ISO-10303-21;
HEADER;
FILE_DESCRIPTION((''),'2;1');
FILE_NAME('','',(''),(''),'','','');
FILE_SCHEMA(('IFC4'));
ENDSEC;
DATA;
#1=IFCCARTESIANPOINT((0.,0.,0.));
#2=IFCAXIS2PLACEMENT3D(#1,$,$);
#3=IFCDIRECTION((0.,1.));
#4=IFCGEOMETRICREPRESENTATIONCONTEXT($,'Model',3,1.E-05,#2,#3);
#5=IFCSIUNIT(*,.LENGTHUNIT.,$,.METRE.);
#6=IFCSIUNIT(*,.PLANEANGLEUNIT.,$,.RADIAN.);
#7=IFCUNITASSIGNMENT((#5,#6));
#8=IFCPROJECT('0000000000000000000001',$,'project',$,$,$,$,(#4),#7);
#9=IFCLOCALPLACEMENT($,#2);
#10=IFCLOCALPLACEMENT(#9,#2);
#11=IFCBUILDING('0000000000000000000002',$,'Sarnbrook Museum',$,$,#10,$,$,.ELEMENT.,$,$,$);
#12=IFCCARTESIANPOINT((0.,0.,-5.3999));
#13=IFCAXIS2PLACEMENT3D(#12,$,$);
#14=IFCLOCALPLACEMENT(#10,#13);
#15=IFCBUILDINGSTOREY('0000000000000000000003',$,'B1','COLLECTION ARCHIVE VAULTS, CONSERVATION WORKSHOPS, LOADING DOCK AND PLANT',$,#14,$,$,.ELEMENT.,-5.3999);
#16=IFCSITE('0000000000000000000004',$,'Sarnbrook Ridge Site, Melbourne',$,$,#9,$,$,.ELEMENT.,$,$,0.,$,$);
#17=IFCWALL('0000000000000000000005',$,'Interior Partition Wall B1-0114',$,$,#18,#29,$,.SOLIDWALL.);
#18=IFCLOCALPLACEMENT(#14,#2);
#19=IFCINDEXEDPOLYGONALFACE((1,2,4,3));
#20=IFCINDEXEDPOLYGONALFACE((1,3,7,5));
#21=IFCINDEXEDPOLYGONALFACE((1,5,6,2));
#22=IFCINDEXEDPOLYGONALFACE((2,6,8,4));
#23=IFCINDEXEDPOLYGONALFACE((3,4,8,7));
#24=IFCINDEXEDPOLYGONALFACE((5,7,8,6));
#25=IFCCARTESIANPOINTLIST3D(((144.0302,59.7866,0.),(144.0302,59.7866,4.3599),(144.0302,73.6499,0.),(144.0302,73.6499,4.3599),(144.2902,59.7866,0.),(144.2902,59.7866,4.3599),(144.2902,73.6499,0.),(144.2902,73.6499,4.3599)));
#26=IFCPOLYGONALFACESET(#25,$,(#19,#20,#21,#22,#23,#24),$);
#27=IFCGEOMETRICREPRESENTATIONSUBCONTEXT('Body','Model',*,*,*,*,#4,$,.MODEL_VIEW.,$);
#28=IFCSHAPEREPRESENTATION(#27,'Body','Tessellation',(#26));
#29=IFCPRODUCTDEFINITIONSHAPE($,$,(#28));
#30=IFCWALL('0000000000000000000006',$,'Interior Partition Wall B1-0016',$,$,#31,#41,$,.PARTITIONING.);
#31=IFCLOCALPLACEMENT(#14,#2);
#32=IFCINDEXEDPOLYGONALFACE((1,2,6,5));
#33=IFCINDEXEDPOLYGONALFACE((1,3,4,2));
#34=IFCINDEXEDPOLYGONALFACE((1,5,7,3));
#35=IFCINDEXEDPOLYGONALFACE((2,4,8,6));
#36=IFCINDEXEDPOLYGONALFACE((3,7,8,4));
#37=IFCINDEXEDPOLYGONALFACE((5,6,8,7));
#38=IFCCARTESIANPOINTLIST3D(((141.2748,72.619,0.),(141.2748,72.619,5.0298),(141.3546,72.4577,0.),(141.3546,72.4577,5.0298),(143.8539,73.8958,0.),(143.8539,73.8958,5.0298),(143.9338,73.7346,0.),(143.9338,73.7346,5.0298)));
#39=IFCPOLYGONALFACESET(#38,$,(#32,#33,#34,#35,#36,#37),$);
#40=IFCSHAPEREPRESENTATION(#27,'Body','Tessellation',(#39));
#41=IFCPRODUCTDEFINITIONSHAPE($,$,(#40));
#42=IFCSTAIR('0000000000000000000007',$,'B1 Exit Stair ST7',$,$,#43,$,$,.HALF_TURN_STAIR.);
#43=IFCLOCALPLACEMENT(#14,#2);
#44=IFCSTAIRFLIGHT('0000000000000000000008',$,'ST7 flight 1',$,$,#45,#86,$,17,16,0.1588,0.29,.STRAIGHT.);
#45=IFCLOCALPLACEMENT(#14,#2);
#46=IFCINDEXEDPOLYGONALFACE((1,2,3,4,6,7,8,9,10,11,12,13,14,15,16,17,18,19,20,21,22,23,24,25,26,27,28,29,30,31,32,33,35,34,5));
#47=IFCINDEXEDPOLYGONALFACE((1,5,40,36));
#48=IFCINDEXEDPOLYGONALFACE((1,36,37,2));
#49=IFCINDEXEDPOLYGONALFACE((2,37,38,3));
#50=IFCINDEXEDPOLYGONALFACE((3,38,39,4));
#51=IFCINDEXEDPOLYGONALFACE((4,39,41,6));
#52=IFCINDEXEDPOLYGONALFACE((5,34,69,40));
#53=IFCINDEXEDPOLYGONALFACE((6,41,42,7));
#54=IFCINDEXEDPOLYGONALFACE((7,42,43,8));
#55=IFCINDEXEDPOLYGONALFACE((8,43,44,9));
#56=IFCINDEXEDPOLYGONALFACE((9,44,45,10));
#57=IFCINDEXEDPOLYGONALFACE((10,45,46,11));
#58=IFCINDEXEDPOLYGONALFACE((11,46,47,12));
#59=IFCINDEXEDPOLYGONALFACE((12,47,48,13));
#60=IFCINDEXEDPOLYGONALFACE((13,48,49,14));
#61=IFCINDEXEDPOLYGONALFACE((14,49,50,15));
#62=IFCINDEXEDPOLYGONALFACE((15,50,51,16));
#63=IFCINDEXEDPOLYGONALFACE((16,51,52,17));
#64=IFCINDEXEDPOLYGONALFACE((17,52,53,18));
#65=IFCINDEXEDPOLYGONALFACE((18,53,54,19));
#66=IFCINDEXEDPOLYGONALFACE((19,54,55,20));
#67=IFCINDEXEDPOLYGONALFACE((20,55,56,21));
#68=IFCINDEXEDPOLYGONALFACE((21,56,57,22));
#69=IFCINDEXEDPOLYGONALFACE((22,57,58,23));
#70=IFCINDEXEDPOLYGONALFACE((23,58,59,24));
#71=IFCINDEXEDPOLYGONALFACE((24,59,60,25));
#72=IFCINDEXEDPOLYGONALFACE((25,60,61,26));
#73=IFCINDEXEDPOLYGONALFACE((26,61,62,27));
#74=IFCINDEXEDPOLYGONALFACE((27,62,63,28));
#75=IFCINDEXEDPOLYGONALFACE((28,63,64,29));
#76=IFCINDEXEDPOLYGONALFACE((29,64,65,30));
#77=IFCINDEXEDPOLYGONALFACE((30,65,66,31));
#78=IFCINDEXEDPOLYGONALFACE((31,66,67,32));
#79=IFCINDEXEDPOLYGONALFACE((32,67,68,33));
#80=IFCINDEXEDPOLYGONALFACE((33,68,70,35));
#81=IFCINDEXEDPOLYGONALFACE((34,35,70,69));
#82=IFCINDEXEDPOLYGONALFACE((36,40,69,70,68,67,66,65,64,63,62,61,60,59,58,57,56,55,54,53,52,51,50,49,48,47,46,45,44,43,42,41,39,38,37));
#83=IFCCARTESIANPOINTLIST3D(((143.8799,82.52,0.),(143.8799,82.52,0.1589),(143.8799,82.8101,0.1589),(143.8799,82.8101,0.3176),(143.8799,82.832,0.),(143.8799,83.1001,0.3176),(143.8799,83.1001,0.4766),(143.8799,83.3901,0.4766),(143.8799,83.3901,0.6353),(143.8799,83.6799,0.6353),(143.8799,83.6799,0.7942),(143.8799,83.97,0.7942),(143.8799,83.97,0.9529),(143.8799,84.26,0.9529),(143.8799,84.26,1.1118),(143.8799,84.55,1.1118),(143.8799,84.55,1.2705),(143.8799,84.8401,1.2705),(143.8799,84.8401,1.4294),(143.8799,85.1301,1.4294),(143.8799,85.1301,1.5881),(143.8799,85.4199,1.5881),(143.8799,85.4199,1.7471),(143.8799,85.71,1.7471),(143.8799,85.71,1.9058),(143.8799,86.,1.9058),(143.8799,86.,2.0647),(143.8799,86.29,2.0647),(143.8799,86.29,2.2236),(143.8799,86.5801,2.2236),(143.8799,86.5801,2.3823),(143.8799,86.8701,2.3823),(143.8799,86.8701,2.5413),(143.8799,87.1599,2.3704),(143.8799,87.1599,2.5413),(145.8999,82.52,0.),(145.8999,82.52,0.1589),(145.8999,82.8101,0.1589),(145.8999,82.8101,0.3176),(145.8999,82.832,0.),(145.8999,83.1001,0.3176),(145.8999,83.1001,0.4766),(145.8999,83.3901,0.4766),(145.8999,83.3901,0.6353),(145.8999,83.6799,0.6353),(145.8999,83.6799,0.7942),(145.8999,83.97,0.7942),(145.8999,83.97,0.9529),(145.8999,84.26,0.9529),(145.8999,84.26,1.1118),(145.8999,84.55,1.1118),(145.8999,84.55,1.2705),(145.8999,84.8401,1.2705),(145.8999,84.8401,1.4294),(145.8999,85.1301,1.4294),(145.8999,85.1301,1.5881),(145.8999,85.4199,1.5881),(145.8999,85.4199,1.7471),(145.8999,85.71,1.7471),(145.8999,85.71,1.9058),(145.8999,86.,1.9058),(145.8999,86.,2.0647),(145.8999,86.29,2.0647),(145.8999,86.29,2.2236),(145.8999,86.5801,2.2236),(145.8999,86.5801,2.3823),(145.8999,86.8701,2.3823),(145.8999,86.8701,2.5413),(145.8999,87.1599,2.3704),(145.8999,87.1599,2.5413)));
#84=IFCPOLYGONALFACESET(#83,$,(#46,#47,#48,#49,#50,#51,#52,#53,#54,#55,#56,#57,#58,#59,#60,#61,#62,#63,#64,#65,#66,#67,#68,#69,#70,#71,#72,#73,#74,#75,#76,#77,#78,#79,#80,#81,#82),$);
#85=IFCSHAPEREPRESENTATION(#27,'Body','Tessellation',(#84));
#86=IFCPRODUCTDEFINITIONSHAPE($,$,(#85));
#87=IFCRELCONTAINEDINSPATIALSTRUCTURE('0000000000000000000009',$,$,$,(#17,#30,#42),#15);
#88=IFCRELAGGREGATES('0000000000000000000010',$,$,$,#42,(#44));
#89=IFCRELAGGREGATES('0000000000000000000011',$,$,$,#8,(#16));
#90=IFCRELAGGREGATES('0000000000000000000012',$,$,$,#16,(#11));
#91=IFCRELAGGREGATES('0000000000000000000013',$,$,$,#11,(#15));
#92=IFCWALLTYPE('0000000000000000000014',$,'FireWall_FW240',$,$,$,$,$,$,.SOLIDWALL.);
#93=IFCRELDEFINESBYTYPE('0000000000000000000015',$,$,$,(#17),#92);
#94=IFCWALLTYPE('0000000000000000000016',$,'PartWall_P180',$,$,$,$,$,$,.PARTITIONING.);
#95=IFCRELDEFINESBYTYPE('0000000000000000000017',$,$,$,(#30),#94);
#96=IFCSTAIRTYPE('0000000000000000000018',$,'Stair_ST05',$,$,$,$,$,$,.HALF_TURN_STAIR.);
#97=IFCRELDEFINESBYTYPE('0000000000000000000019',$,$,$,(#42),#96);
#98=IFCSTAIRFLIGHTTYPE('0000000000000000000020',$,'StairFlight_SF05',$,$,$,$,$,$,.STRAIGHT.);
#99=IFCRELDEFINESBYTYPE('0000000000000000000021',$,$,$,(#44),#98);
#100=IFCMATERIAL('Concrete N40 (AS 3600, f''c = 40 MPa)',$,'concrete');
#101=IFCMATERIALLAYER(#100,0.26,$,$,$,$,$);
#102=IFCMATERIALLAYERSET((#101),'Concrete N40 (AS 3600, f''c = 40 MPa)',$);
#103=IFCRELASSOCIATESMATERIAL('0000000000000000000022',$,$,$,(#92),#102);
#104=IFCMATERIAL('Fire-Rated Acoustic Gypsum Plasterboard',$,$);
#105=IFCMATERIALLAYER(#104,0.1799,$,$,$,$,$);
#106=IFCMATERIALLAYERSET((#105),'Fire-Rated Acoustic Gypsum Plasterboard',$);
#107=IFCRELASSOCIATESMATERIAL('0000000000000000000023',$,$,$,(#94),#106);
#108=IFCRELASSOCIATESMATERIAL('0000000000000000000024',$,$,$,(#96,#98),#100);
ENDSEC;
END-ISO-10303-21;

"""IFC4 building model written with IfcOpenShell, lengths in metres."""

from ifc_helpers import new_model, si_unit, direction, frame, frame_2d, origin, place, context, subcontext, project, spatial, polyline, rectangle, outline, extrude, material, layer, layer_set, type_object, element, aggregate, save


model = new_model("IFC4")

# Units and contexts
model_context = context("Model", 3, precision=1e-05, world=origin(), true_north=direction((0.0, 1.0)))
body_context = subcontext(model_context, "Body", "Model", "MODEL_VIEW")
ifc_project = project(units=[si_unit("LENGTHUNIT", "METRE"), si_unit("PLANEANGLEUNIT", "RADIAN")], contexts=[model_context])

# Site, building, storey
site_placement = place(None, origin())
site = spatial("IfcSite", under=ifc_project, at=site_placement, Name="Sarnbrook Ridge Site, Melbourne", CompositionType="ELEMENT", RefElevation=0.0)
building_placement = place(site_placement, origin())
building = spatial("IfcBuilding", under=site, at=building_placement, Name="Sarnbrook Museum", CompositionType="ELEMENT")
storey_placement = place(building_placement, frame((0.0, 0.0, -5.3999)))
storey = spatial("IfcBuildingStorey", under=building, at=storey_placement, Name="B1", Description="COLLECTION ARCHIVE VAULTS, CONSERVATION WORKSHOPS, LOADING DOCK AND PLANT", CompositionType="ELEMENT", Elevation=-5.3999)

# Shared definitions
ifc_material_1 = material(Name="Concrete N40 (AS 3600, f'c = 40 MPa)", Category="concrete")

# Walls
ifc_layer_1 = layer(ifc_material_1, 0.26)
ifc_layer_set_1 = layer_set([ifc_layer_1], Name="Concrete N40 (AS 3600, f'c = 40 MPa)")
wall_type_1 = type_object("IfcWallType", Name="FireWall_FW240", PredefinedType="SOLIDWALL", material=ifc_layer_set_1)
wall_1_placement = place(storey_placement, frame((144.1602, 73.6499, 0.0), z_axis=(0.0, 0.0, 1.0), x_axis=(0.0, -1.0, 0.0)))
element("IfcWall", 1, at=wall_1_placement, inside=storey, type_object=wall_type_1, Name="Interior Partition Wall B1-0114", PredefinedType="SOLIDWALL", context=body_context, shape_type="SweptSolid", body=[
    extrude(rectangle(XDim=13.8633, YDim=0.26, at=frame_2d((6.9316, 0.0))), origin(), (0.0, 0.0, 1.0), 4.3599),
])
ifc_material_2 = material(Name="Fire-Rated Acoustic Gypsum Plasterboard")
ifc_layer_2 = layer(ifc_material_2, 0.1799)
ifc_layer_set_2 = layer_set([ifc_layer_2], Name="Fire-Rated Acoustic Gypsum Plasterboard")
wall_type_2 = type_object("IfcWallType", Name="PartWall_P180", PredefinedType="PARTITIONING", material=ifc_layer_set_2)
wall_2_placement = place(storey_placement, frame((141.3147, 72.5383, 0.0), z_axis=(0.0, 0.0, 1.0), x_axis=(0.896185, 0.443681, 0.0)))
element("IfcWall", 2, at=wall_2_placement, inside=storey, type_object=wall_type_2, Name="Interior Partition Wall B1-0016", PredefinedType="PARTITIONING", context=body_context, shape_type="SweptSolid", body=[
    extrude(rectangle(XDim=2.8779, YDim=0.1799, at=frame_2d((1.439, 0.0))), origin(), (0.0, 0.0, 1.0), 5.0298),
])

# Stair, stair flight
stair_type = type_object("IfcStairType", Name="Stair_ST05", PredefinedType="HALF_TURN_STAIR", material=ifc_material_1)
stair_placement = place(storey_placement, origin())
stair = element("IfcStair", 3, at=stair_placement, inside=storey, type_object=stair_type, Name="B1 Exit Stair ST7", PredefinedType="HALF_TURN_STAIR")
stair_flight_type = type_object("IfcStairFlightType", Name="StairFlight_SF05", PredefinedType="STRAIGHT", material=ifc_material_1)
stair_flight_placement = place(storey_placement, frame((144.8899, 82.52, 0.0), z_axis=(0.0, 0.0, 1.0), x_axis=(0.0, 1.0, 0.0)))
stair_flight = element("IfcStairFlight", 4, at=stair_flight_placement, type_object=stair_flight_type, Name="ST7 flight 1", NumberOfRisers=17, NumberOfTreads=16, PredefinedType="STRAIGHT", RiserHeight=0.1588, TreadLength=0.29, context=body_context, shape_type="SweptSolid", body=[
    extrude(outline(polyline([(0.0, 0.0), (0.0, 0.1589), (0.29, 0.1589), (0.29, 0.3176), (0.5801, 0.3176), (0.5801, 0.4766), (0.8701, 0.4766), (0.8701, 0.6353), (1.1599, 0.6353), (1.1599, 0.7942), (1.45, 0.7942), (1.45, 0.9529), (1.74, 0.9529), (1.74, 1.1118), (2.03, 1.1118), (2.03, 1.2705), (2.3201, 1.2705), (2.3201, 1.4294), (2.6101, 1.4294), (2.6101, 1.5881), (2.8999, 1.5881), (2.8999, 1.7471), (3.1899, 1.7471), (3.1899, 1.9058), (3.48, 1.9058), (3.48, 2.0647), (3.77, 2.0647), (3.77, 2.2236), (4.0601, 2.2236), (4.0601, 2.3823), (4.3501, 2.3823), (4.3501, 2.5413), (4.6399, 2.5413), (4.6399, 2.7), (4.6399, 2.3704), (0.312, 0.0), (0.0, 0.0)])), frame((0.0, 1.01, 0.0), z_axis=(0.0, -1.0, 0.0), x_axis=(1.0, 0.0, 0.0)), (0.0, 0.0, 1.0), 2.02),
])
aggregate(stair, [stair_flight])

save(model, "model.ifc")
